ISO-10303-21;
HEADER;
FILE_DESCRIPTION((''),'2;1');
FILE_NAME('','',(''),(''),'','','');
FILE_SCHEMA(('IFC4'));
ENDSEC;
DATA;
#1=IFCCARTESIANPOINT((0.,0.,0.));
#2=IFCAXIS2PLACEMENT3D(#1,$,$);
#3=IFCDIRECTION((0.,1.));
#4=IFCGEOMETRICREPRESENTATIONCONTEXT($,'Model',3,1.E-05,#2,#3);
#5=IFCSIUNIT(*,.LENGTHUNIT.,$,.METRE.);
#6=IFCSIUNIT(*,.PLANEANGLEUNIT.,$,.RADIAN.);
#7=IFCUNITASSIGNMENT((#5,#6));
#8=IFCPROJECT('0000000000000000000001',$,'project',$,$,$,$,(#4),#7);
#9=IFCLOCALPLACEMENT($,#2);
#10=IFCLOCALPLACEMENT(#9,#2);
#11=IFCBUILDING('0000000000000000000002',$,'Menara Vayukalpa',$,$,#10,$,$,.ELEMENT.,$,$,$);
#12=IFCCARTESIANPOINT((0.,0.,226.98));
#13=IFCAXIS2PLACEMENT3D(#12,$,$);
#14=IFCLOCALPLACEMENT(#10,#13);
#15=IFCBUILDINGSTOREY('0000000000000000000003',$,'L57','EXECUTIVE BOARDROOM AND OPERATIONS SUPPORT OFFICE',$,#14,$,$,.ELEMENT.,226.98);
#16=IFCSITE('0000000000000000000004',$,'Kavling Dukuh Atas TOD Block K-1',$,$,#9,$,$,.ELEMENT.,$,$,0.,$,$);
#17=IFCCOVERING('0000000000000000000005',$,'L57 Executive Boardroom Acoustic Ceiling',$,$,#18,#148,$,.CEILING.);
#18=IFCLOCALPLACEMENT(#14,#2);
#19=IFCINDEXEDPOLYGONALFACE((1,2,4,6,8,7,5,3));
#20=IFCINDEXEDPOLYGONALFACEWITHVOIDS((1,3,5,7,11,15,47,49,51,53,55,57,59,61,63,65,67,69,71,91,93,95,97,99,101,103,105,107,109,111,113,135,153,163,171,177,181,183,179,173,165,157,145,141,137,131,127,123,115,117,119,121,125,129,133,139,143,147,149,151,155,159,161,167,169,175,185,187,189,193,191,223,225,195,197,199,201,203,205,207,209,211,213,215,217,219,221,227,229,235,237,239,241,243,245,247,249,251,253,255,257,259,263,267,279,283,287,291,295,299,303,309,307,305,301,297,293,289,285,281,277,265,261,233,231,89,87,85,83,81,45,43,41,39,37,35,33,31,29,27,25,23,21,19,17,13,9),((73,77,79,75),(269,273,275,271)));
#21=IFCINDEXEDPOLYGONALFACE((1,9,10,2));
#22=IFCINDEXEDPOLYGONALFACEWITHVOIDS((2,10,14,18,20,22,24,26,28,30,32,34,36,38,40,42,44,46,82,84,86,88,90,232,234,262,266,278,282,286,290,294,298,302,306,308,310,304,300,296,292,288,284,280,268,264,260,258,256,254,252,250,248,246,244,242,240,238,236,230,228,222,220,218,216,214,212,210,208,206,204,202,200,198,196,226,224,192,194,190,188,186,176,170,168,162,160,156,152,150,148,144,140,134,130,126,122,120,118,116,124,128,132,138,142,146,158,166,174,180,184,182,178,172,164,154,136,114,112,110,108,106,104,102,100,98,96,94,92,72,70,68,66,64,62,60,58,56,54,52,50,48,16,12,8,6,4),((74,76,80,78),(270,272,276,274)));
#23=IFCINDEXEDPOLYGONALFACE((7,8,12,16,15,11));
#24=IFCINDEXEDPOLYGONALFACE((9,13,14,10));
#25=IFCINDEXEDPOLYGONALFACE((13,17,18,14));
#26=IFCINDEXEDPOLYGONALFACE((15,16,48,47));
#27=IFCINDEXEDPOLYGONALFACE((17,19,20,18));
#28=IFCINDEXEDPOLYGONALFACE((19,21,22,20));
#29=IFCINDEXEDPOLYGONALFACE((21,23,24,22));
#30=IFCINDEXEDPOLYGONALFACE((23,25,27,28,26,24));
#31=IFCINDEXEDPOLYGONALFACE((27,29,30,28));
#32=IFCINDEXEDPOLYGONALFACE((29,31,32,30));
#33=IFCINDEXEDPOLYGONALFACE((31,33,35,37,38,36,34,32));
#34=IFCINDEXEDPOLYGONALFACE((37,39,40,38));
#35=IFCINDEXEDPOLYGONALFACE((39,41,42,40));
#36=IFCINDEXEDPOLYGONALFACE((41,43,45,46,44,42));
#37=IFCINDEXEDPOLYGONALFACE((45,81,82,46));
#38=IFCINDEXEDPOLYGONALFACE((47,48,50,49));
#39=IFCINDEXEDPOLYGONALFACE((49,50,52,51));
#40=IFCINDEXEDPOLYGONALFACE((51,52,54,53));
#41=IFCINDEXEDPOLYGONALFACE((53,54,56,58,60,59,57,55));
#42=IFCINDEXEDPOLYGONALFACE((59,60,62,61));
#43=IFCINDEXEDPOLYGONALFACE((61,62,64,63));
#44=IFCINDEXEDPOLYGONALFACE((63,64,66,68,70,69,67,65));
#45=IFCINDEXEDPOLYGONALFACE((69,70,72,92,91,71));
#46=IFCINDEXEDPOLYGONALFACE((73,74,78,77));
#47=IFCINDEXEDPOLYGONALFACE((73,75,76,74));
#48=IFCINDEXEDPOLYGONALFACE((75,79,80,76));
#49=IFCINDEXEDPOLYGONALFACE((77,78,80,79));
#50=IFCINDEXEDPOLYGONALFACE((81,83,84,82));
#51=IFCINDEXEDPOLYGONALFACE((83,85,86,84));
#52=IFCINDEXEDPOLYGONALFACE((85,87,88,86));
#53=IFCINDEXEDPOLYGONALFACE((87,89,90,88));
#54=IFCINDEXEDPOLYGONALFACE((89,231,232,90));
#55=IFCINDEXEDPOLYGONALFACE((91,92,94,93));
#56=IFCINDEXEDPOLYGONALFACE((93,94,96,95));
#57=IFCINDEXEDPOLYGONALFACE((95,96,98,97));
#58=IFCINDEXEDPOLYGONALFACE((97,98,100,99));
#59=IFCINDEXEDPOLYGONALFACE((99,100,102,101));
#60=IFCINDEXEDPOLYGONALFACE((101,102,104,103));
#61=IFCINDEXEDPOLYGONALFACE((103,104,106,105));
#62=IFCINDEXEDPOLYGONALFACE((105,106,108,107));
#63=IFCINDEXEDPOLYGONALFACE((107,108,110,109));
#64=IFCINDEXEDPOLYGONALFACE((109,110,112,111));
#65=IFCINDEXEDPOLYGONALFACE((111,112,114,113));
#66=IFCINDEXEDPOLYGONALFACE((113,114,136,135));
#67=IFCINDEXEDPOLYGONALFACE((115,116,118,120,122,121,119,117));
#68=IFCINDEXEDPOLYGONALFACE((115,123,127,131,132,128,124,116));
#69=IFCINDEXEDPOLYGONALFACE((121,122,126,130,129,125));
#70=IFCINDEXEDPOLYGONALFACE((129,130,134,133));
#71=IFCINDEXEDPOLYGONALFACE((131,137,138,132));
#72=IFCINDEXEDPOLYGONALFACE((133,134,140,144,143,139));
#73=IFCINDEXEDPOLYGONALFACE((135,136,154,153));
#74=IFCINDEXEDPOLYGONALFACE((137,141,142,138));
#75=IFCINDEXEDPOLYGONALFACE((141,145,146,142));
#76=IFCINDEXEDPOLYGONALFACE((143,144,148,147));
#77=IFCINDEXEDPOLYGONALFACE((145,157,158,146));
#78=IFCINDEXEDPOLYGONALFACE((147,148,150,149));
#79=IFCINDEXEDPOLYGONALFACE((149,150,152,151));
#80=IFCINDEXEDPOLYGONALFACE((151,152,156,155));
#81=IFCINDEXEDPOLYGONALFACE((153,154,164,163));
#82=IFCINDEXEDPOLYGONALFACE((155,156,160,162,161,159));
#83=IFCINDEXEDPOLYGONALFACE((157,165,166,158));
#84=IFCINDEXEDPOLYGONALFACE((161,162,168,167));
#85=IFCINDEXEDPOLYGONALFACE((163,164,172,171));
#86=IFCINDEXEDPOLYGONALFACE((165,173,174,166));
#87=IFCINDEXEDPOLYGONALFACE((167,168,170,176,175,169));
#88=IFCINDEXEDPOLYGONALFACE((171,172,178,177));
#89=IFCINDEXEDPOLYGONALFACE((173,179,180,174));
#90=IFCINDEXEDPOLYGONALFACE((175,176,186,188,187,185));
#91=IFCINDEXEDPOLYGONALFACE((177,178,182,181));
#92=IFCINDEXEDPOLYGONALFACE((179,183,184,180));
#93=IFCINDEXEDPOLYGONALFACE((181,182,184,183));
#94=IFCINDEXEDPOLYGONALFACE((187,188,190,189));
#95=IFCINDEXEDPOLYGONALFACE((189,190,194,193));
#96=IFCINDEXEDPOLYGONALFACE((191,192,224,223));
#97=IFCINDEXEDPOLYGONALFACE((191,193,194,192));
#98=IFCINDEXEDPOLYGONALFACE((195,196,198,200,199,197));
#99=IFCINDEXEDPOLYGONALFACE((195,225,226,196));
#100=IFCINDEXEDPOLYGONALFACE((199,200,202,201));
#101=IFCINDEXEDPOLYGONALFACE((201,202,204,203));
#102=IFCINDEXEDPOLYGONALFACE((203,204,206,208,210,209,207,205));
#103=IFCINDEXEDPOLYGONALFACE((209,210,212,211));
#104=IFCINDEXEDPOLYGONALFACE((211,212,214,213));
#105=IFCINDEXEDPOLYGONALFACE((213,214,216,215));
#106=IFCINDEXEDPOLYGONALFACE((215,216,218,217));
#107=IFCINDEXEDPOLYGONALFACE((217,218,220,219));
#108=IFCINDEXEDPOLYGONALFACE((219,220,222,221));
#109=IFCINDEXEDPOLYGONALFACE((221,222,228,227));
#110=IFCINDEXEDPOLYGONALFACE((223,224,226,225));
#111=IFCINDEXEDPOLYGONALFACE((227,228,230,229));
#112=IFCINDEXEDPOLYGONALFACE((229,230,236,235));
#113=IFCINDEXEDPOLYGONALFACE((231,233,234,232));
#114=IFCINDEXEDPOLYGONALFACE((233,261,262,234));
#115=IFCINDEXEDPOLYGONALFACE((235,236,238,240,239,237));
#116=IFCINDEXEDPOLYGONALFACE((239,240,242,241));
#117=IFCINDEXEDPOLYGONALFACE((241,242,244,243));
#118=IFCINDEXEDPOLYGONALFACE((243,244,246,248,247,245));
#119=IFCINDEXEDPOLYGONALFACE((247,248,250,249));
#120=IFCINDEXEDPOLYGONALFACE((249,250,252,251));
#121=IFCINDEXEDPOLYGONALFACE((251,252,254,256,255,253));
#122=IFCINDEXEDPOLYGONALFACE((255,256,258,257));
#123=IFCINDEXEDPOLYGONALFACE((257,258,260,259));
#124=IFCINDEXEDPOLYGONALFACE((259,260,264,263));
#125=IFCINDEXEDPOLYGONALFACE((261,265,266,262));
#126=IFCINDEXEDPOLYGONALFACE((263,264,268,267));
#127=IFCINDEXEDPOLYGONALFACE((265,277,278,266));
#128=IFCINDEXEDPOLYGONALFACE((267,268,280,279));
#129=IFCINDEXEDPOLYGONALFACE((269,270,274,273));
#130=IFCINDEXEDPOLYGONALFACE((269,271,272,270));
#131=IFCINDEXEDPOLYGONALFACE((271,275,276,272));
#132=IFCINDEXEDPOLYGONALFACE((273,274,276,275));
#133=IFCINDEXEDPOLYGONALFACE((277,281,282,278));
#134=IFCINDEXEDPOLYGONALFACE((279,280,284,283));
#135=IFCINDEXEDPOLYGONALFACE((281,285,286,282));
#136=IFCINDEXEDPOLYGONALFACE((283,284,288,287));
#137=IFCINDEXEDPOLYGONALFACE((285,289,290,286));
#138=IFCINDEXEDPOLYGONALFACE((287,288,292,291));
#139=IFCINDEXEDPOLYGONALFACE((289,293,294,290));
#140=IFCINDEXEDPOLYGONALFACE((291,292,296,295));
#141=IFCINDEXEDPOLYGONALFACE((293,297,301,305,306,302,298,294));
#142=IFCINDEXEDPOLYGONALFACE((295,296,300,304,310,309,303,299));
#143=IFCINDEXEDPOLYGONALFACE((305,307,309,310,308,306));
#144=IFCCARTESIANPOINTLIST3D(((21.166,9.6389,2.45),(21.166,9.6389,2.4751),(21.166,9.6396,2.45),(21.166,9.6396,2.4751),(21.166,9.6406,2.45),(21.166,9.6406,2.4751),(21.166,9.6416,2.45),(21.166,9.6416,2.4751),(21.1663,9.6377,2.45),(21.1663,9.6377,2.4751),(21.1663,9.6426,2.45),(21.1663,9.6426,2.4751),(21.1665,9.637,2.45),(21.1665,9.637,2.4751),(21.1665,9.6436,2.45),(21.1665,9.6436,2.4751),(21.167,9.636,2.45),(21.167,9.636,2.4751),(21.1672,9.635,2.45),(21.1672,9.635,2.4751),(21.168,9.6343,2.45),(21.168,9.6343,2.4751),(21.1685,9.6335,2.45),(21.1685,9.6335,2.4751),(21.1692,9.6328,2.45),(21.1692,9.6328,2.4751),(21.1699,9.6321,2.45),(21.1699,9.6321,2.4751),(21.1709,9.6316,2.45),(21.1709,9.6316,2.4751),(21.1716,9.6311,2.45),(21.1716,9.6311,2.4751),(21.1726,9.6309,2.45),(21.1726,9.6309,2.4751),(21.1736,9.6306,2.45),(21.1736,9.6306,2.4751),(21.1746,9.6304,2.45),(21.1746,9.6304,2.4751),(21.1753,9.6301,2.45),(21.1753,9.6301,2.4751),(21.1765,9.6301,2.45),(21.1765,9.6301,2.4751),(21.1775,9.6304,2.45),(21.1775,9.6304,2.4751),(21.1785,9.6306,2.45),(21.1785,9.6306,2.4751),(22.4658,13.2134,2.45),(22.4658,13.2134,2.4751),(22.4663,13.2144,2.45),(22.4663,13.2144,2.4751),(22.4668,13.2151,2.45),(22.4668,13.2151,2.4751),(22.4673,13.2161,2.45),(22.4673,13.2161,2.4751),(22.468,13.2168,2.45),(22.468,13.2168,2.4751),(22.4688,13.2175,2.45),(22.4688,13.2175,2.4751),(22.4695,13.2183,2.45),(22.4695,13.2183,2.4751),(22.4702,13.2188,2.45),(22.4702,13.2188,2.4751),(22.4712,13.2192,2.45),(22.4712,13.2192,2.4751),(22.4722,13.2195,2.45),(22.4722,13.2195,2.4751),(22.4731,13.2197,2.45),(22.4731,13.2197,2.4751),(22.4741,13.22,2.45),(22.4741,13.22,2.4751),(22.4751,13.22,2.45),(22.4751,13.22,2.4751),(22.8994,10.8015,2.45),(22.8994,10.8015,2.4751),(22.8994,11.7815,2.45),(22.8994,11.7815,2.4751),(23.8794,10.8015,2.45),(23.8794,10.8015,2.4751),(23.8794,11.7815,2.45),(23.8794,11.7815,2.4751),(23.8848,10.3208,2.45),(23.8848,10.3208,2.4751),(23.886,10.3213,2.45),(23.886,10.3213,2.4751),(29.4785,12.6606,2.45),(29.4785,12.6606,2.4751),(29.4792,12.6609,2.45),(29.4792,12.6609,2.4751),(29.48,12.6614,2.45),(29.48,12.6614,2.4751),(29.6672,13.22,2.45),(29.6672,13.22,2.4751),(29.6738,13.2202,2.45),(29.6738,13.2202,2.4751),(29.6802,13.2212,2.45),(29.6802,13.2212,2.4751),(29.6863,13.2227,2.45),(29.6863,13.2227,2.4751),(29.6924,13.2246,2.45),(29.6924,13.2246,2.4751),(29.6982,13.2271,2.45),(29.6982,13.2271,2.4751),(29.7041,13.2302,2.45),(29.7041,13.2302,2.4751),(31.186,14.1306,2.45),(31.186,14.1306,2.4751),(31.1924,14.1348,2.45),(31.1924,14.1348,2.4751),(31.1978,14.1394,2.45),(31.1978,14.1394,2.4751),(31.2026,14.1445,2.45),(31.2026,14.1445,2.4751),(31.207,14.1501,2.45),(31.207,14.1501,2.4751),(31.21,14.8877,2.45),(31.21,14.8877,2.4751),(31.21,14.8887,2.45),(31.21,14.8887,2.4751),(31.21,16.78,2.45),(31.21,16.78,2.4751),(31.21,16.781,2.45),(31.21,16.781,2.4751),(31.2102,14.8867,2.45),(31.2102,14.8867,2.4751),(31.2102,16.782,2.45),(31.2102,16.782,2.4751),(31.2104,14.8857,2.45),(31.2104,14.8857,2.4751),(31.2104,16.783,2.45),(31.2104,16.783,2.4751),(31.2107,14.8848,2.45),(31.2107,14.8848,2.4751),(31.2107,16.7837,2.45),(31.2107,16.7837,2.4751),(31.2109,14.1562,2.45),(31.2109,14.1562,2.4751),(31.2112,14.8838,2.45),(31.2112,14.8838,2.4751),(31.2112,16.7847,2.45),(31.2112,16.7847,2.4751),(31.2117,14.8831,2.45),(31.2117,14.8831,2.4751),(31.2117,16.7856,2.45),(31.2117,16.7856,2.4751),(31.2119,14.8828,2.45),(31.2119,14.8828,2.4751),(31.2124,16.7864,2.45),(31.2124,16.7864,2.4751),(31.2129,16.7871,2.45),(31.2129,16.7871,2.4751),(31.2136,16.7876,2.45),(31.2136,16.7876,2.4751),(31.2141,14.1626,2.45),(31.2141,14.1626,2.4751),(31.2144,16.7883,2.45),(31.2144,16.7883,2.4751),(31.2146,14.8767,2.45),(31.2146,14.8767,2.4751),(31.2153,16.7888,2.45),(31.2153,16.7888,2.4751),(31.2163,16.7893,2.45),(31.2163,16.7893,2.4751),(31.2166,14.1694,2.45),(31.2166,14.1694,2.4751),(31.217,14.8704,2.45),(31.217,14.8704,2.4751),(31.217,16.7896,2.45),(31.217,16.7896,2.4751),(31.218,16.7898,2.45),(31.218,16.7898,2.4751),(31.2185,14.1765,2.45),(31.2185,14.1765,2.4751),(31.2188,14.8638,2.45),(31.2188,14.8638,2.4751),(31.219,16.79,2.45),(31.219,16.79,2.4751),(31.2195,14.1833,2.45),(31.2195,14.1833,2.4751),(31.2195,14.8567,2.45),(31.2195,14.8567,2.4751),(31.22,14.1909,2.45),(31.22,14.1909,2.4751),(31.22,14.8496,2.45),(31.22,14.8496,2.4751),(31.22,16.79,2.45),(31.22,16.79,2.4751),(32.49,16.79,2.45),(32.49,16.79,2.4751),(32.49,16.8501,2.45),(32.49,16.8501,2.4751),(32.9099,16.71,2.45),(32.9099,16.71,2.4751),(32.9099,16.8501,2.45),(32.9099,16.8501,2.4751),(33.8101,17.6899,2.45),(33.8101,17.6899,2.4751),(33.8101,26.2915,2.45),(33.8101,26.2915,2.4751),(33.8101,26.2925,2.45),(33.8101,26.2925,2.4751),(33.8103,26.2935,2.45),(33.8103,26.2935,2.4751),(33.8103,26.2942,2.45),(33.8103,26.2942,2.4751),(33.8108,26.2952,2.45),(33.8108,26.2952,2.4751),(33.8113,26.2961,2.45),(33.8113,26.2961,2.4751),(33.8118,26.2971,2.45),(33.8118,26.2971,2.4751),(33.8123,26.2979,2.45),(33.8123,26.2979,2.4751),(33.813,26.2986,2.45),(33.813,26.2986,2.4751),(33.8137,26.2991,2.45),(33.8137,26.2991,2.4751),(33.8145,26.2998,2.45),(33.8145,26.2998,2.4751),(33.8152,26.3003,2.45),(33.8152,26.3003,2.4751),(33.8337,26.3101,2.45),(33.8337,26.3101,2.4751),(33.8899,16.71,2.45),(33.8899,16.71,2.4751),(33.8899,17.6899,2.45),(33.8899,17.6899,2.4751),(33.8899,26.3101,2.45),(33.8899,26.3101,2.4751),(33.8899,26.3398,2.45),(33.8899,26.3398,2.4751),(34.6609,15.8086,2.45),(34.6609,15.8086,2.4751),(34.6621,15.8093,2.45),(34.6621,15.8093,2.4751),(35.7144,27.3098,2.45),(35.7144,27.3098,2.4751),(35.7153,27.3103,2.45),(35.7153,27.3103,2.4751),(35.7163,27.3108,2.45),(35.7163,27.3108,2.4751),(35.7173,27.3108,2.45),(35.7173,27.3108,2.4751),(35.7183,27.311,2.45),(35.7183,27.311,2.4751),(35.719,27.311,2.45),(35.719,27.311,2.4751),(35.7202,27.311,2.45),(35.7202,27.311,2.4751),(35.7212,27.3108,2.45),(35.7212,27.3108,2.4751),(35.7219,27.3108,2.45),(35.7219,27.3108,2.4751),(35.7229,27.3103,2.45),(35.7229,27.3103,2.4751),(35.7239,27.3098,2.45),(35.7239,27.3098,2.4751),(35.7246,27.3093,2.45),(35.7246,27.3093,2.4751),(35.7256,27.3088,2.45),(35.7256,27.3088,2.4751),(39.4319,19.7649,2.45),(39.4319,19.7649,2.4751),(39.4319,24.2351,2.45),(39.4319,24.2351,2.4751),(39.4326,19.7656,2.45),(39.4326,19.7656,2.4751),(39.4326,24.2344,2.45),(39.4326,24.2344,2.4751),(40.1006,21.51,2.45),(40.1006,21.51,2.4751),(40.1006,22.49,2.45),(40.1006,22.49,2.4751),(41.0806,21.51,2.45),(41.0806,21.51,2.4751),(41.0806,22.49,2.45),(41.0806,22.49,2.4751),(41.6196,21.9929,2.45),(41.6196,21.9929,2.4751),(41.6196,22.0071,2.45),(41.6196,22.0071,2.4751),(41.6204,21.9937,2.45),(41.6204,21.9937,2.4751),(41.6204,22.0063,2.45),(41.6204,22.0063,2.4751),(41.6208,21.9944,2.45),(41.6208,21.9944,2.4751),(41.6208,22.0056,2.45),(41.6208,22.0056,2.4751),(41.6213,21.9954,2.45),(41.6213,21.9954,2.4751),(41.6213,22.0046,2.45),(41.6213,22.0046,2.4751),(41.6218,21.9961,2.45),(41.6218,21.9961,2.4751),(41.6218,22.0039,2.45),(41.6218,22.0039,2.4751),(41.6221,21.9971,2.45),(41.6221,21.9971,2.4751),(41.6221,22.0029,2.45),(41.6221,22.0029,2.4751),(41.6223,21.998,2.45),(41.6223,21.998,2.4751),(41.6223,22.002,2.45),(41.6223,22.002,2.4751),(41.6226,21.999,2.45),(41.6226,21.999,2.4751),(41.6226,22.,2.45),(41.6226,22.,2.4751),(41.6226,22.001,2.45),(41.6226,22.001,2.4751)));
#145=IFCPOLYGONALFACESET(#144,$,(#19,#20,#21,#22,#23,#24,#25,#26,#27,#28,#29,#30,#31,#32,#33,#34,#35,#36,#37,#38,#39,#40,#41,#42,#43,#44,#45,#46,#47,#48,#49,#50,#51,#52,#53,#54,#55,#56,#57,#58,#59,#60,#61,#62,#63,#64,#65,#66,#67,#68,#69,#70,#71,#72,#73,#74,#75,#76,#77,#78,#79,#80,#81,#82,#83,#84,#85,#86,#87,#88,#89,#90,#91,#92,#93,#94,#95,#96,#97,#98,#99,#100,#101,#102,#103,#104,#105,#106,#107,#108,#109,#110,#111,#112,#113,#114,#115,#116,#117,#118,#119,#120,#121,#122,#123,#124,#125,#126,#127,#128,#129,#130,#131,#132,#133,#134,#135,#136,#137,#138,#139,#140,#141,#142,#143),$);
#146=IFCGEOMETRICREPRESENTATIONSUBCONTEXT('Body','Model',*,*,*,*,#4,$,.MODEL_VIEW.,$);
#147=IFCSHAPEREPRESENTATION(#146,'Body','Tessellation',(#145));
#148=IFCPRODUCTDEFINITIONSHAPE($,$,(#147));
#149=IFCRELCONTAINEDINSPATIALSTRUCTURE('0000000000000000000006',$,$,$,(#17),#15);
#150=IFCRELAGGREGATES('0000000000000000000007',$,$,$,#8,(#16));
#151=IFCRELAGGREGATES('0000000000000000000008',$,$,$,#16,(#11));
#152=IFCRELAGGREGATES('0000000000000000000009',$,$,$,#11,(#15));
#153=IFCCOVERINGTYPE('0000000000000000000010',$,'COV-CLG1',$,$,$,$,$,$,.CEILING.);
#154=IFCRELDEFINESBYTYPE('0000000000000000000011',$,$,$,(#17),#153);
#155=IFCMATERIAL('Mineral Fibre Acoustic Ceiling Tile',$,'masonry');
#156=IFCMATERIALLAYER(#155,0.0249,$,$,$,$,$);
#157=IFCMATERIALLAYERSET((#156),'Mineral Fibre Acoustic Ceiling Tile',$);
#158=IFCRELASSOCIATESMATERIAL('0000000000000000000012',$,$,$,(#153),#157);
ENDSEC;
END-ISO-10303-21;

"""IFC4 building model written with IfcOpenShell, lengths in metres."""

from ifc_helpers import new_model, si_unit, direction, frame, origin, place, context, subcontext, project, spatial, polyline, outline, extrude, material, layer, layer_set, type_object, element, save


model = new_model("IFC4")

# Units and contexts
model_context = context("Model", 3, precision=1e-05, world=origin(), true_north=direction((0.0, 1.0)))
body_context = subcontext(model_context, "Body", "Model", "MODEL_VIEW")
ifc_project = project(units=[si_unit("LENGTHUNIT", "METRE"), si_unit("PLANEANGLEUNIT", "RADIAN")], contexts=[model_context])

# Site, building, storey
site_placement = place(None, origin())
site = spatial("IfcSite", under=ifc_project, at=site_placement, Name="Kavling Dukuh Atas TOD Block K-1", CompositionType="ELEMENT", RefElevation=0.0)
building_placement = place(site_placement, origin())
building = spatial("IfcBuilding", under=site, at=building_placement, Name="Menara Vayukalpa", CompositionType="ELEMENT")
storey_placement = place(building_placement, frame((0.0, 0.0, 226.98)))
storey = spatial("IfcBuildingStorey", under=building, at=storey_placement, Name="L57", Description="EXECUTIVE BOARDROOM AND OPERATIONS SUPPORT OFFICE", CompositionType="ELEMENT", Elevation=226.98)

# Covering
ifc_material_1 = material(Name="Mineral Fibre Acoustic Ceiling Tile", Category="masonry")
ifc_layer_1 = layer(ifc_material_1, 0.0249)
ifc_layer_set_1 = layer_set([ifc_layer_1], Name="Mineral Fibre Acoustic Ceiling Tile")
covering_type_1 = type_object("IfcCoveringType", Name="COV-CLG1", PredefinedType="CEILING", material=ifc_layer_set_1)
covering_1_placement = place(storey_placement, frame((0.0, 0.0, 2.45)))
element("IfcCovering", 1, at=covering_1_placement, inside=storey, type_object=covering_type_1, Name="L57 Executive Boardroom Acoustic Ceiling", PredefinedType="CEILING", context=body_context, shape_type="SweptSolid", body=[
    extrude(outline(polyline([(33.8101, 26.2915), (33.8101, 26.2925), (33.8103, 26.2935), (33.8103, 26.2942), (33.8108, 26.2952), (33.8113, 26.2961), (33.8118, 26.2971), (33.8123, 26.2979), (33.813, 26.2986), (33.8137, 26.2991), (33.8145, 26.2998), (33.8152, 26.3003), (33.8337, 26.3101), (33.8899, 26.3101), (33.8899, 26.3398), (35.7144, 27.3098), (35.7153, 27.3103), (35.7163, 27.3108), (35.7173, 27.3108), (35.7183, 27.311), (35.719, 27.311), (35.7202, 27.311), (35.7212, 27.3108), (35.7219, 27.3108), (35.7229, 27.3103), (35.7239, 27.3098), (35.7246, 27.3093), (35.7256, 27.3088), (39.4319, 24.2351), (39.4326, 24.2344), (41.6196, 22.0071), (41.6204, 22.0063), (41.6208, 22.0056), (41.6213, 22.0046), (41.6218, 22.0039), (41.6221, 22.0029), (41.6223, 22.002), (41.6226, 22.001), (41.6226, 22.0), (41.6226, 21.999), (41.6223, 21.998), (41.6221, 21.9971), (41.6218, 21.9961), (41.6213, 21.9954), (41.6208, 21.9944), (41.6204, 21.9937), (41.6196, 21.9929), (39.4326, 19.7656), (39.4319, 19.7649), (34.6621, 15.8093), (34.6609, 15.8086), (29.48, 12.6614), (29.4792, 12.6609), (29.4785, 12.6606), (23.886, 10.3213), (23.8848, 10.3208), (21.1785, 9.6306), (21.1775, 9.6304), (21.1765, 9.6301), (21.1753, 9.6301), (21.1746, 9.6304), (21.1736, 9.6306), (21.1726, 9.6309), (21.1716, 9.6311), (21.1709, 9.6316), (21.1699, 9.6321), (21.1692, 9.6328), (21.1685, 9.6335), (21.168, 9.6343), (21.1672, 9.635), (21.167, 9.636), (21.1665, 9.637), (21.1663, 9.6377), (21.166, 9.6389), (21.166, 9.6396), (21.166, 9.6406), (21.166, 9.6416), (21.1663, 9.6426), (21.1665, 9.6436), (22.4658, 13.2134), (22.4663, 13.2144), (22.4668, 13.2151), (22.4673, 13.2161), (22.468, 13.2168), (22.4688, 13.2175), (22.4695, 13.2183), (22.4702, 13.2188), (22.4712, 13.2192), (22.4722, 13.2195), (22.4731, 13.2197), (22.4741, 13.22), (22.4751, 13.22), (29.6672, 13.22), (29.6738, 13.2202), (29.6802, 13.2212), (29.6863, 13.2227), (29.6924, 13.2246), (29.6982, 13.2271), (29.7041, 13.2302), (31.186, 14.1306), (31.1924, 14.1348), (31.1978, 14.1394), (31.2026, 14.1445), (31.207, 14.1501), (31.2109, 14.1562), (31.2141, 14.1626), (31.2166, 14.1694), (31.2185, 14.1765), (31.2195, 14.1833), (31.22, 14.1909), (31.22, 14.8496), (31.2195, 14.8567), (31.2188, 14.8638), (31.217, 14.8704), (31.2146, 14.8767), (31.2119, 14.8828), (31.2117, 14.8831), (31.2112, 14.8838), (31.2107, 14.8848), (31.2104, 14.8857), (31.2102, 14.8867), (31.21, 14.8877), (31.21, 14.8887), (31.21, 16.78), (31.21, 16.781), (31.2102, 16.782), (31.2104, 16.783), (31.2107, 16.7837), (31.2112, 16.7847), (31.2117, 16.7856), (31.2124, 16.7864), (31.2129, 16.7871), (31.2136, 16.7876), (31.2144, 16.7883), (31.2153, 16.7888), (31.2163, 16.7893), (31.217, 16.7896), (31.218, 16.7898), (31.219, 16.79), (31.22, 16.79), (32.49, 16.79), (32.49, 16.8501), (32.9099, 16.8501), (32.9099, 16.71), (33.8899, 16.71), (33.8899, 17.6899), (33.8101, 17.6899), (33.8101, 26.2915)]), holes=[polyline([(23.8794, 11.7815), (22.8994, 11.7815), (22.8994, 10.8015), (23.8794, 10.8015), (23.8794, 11.7815)]), polyline([(41.0806, 22.49), (40.1006, 22.49), (40.1006, 21.51), (41.0806, 21.51), (41.0806, 22.49)])]), origin(), (0.0, 0.0, 1.0), 0.0251),
])

save(model, "model.ifc")
